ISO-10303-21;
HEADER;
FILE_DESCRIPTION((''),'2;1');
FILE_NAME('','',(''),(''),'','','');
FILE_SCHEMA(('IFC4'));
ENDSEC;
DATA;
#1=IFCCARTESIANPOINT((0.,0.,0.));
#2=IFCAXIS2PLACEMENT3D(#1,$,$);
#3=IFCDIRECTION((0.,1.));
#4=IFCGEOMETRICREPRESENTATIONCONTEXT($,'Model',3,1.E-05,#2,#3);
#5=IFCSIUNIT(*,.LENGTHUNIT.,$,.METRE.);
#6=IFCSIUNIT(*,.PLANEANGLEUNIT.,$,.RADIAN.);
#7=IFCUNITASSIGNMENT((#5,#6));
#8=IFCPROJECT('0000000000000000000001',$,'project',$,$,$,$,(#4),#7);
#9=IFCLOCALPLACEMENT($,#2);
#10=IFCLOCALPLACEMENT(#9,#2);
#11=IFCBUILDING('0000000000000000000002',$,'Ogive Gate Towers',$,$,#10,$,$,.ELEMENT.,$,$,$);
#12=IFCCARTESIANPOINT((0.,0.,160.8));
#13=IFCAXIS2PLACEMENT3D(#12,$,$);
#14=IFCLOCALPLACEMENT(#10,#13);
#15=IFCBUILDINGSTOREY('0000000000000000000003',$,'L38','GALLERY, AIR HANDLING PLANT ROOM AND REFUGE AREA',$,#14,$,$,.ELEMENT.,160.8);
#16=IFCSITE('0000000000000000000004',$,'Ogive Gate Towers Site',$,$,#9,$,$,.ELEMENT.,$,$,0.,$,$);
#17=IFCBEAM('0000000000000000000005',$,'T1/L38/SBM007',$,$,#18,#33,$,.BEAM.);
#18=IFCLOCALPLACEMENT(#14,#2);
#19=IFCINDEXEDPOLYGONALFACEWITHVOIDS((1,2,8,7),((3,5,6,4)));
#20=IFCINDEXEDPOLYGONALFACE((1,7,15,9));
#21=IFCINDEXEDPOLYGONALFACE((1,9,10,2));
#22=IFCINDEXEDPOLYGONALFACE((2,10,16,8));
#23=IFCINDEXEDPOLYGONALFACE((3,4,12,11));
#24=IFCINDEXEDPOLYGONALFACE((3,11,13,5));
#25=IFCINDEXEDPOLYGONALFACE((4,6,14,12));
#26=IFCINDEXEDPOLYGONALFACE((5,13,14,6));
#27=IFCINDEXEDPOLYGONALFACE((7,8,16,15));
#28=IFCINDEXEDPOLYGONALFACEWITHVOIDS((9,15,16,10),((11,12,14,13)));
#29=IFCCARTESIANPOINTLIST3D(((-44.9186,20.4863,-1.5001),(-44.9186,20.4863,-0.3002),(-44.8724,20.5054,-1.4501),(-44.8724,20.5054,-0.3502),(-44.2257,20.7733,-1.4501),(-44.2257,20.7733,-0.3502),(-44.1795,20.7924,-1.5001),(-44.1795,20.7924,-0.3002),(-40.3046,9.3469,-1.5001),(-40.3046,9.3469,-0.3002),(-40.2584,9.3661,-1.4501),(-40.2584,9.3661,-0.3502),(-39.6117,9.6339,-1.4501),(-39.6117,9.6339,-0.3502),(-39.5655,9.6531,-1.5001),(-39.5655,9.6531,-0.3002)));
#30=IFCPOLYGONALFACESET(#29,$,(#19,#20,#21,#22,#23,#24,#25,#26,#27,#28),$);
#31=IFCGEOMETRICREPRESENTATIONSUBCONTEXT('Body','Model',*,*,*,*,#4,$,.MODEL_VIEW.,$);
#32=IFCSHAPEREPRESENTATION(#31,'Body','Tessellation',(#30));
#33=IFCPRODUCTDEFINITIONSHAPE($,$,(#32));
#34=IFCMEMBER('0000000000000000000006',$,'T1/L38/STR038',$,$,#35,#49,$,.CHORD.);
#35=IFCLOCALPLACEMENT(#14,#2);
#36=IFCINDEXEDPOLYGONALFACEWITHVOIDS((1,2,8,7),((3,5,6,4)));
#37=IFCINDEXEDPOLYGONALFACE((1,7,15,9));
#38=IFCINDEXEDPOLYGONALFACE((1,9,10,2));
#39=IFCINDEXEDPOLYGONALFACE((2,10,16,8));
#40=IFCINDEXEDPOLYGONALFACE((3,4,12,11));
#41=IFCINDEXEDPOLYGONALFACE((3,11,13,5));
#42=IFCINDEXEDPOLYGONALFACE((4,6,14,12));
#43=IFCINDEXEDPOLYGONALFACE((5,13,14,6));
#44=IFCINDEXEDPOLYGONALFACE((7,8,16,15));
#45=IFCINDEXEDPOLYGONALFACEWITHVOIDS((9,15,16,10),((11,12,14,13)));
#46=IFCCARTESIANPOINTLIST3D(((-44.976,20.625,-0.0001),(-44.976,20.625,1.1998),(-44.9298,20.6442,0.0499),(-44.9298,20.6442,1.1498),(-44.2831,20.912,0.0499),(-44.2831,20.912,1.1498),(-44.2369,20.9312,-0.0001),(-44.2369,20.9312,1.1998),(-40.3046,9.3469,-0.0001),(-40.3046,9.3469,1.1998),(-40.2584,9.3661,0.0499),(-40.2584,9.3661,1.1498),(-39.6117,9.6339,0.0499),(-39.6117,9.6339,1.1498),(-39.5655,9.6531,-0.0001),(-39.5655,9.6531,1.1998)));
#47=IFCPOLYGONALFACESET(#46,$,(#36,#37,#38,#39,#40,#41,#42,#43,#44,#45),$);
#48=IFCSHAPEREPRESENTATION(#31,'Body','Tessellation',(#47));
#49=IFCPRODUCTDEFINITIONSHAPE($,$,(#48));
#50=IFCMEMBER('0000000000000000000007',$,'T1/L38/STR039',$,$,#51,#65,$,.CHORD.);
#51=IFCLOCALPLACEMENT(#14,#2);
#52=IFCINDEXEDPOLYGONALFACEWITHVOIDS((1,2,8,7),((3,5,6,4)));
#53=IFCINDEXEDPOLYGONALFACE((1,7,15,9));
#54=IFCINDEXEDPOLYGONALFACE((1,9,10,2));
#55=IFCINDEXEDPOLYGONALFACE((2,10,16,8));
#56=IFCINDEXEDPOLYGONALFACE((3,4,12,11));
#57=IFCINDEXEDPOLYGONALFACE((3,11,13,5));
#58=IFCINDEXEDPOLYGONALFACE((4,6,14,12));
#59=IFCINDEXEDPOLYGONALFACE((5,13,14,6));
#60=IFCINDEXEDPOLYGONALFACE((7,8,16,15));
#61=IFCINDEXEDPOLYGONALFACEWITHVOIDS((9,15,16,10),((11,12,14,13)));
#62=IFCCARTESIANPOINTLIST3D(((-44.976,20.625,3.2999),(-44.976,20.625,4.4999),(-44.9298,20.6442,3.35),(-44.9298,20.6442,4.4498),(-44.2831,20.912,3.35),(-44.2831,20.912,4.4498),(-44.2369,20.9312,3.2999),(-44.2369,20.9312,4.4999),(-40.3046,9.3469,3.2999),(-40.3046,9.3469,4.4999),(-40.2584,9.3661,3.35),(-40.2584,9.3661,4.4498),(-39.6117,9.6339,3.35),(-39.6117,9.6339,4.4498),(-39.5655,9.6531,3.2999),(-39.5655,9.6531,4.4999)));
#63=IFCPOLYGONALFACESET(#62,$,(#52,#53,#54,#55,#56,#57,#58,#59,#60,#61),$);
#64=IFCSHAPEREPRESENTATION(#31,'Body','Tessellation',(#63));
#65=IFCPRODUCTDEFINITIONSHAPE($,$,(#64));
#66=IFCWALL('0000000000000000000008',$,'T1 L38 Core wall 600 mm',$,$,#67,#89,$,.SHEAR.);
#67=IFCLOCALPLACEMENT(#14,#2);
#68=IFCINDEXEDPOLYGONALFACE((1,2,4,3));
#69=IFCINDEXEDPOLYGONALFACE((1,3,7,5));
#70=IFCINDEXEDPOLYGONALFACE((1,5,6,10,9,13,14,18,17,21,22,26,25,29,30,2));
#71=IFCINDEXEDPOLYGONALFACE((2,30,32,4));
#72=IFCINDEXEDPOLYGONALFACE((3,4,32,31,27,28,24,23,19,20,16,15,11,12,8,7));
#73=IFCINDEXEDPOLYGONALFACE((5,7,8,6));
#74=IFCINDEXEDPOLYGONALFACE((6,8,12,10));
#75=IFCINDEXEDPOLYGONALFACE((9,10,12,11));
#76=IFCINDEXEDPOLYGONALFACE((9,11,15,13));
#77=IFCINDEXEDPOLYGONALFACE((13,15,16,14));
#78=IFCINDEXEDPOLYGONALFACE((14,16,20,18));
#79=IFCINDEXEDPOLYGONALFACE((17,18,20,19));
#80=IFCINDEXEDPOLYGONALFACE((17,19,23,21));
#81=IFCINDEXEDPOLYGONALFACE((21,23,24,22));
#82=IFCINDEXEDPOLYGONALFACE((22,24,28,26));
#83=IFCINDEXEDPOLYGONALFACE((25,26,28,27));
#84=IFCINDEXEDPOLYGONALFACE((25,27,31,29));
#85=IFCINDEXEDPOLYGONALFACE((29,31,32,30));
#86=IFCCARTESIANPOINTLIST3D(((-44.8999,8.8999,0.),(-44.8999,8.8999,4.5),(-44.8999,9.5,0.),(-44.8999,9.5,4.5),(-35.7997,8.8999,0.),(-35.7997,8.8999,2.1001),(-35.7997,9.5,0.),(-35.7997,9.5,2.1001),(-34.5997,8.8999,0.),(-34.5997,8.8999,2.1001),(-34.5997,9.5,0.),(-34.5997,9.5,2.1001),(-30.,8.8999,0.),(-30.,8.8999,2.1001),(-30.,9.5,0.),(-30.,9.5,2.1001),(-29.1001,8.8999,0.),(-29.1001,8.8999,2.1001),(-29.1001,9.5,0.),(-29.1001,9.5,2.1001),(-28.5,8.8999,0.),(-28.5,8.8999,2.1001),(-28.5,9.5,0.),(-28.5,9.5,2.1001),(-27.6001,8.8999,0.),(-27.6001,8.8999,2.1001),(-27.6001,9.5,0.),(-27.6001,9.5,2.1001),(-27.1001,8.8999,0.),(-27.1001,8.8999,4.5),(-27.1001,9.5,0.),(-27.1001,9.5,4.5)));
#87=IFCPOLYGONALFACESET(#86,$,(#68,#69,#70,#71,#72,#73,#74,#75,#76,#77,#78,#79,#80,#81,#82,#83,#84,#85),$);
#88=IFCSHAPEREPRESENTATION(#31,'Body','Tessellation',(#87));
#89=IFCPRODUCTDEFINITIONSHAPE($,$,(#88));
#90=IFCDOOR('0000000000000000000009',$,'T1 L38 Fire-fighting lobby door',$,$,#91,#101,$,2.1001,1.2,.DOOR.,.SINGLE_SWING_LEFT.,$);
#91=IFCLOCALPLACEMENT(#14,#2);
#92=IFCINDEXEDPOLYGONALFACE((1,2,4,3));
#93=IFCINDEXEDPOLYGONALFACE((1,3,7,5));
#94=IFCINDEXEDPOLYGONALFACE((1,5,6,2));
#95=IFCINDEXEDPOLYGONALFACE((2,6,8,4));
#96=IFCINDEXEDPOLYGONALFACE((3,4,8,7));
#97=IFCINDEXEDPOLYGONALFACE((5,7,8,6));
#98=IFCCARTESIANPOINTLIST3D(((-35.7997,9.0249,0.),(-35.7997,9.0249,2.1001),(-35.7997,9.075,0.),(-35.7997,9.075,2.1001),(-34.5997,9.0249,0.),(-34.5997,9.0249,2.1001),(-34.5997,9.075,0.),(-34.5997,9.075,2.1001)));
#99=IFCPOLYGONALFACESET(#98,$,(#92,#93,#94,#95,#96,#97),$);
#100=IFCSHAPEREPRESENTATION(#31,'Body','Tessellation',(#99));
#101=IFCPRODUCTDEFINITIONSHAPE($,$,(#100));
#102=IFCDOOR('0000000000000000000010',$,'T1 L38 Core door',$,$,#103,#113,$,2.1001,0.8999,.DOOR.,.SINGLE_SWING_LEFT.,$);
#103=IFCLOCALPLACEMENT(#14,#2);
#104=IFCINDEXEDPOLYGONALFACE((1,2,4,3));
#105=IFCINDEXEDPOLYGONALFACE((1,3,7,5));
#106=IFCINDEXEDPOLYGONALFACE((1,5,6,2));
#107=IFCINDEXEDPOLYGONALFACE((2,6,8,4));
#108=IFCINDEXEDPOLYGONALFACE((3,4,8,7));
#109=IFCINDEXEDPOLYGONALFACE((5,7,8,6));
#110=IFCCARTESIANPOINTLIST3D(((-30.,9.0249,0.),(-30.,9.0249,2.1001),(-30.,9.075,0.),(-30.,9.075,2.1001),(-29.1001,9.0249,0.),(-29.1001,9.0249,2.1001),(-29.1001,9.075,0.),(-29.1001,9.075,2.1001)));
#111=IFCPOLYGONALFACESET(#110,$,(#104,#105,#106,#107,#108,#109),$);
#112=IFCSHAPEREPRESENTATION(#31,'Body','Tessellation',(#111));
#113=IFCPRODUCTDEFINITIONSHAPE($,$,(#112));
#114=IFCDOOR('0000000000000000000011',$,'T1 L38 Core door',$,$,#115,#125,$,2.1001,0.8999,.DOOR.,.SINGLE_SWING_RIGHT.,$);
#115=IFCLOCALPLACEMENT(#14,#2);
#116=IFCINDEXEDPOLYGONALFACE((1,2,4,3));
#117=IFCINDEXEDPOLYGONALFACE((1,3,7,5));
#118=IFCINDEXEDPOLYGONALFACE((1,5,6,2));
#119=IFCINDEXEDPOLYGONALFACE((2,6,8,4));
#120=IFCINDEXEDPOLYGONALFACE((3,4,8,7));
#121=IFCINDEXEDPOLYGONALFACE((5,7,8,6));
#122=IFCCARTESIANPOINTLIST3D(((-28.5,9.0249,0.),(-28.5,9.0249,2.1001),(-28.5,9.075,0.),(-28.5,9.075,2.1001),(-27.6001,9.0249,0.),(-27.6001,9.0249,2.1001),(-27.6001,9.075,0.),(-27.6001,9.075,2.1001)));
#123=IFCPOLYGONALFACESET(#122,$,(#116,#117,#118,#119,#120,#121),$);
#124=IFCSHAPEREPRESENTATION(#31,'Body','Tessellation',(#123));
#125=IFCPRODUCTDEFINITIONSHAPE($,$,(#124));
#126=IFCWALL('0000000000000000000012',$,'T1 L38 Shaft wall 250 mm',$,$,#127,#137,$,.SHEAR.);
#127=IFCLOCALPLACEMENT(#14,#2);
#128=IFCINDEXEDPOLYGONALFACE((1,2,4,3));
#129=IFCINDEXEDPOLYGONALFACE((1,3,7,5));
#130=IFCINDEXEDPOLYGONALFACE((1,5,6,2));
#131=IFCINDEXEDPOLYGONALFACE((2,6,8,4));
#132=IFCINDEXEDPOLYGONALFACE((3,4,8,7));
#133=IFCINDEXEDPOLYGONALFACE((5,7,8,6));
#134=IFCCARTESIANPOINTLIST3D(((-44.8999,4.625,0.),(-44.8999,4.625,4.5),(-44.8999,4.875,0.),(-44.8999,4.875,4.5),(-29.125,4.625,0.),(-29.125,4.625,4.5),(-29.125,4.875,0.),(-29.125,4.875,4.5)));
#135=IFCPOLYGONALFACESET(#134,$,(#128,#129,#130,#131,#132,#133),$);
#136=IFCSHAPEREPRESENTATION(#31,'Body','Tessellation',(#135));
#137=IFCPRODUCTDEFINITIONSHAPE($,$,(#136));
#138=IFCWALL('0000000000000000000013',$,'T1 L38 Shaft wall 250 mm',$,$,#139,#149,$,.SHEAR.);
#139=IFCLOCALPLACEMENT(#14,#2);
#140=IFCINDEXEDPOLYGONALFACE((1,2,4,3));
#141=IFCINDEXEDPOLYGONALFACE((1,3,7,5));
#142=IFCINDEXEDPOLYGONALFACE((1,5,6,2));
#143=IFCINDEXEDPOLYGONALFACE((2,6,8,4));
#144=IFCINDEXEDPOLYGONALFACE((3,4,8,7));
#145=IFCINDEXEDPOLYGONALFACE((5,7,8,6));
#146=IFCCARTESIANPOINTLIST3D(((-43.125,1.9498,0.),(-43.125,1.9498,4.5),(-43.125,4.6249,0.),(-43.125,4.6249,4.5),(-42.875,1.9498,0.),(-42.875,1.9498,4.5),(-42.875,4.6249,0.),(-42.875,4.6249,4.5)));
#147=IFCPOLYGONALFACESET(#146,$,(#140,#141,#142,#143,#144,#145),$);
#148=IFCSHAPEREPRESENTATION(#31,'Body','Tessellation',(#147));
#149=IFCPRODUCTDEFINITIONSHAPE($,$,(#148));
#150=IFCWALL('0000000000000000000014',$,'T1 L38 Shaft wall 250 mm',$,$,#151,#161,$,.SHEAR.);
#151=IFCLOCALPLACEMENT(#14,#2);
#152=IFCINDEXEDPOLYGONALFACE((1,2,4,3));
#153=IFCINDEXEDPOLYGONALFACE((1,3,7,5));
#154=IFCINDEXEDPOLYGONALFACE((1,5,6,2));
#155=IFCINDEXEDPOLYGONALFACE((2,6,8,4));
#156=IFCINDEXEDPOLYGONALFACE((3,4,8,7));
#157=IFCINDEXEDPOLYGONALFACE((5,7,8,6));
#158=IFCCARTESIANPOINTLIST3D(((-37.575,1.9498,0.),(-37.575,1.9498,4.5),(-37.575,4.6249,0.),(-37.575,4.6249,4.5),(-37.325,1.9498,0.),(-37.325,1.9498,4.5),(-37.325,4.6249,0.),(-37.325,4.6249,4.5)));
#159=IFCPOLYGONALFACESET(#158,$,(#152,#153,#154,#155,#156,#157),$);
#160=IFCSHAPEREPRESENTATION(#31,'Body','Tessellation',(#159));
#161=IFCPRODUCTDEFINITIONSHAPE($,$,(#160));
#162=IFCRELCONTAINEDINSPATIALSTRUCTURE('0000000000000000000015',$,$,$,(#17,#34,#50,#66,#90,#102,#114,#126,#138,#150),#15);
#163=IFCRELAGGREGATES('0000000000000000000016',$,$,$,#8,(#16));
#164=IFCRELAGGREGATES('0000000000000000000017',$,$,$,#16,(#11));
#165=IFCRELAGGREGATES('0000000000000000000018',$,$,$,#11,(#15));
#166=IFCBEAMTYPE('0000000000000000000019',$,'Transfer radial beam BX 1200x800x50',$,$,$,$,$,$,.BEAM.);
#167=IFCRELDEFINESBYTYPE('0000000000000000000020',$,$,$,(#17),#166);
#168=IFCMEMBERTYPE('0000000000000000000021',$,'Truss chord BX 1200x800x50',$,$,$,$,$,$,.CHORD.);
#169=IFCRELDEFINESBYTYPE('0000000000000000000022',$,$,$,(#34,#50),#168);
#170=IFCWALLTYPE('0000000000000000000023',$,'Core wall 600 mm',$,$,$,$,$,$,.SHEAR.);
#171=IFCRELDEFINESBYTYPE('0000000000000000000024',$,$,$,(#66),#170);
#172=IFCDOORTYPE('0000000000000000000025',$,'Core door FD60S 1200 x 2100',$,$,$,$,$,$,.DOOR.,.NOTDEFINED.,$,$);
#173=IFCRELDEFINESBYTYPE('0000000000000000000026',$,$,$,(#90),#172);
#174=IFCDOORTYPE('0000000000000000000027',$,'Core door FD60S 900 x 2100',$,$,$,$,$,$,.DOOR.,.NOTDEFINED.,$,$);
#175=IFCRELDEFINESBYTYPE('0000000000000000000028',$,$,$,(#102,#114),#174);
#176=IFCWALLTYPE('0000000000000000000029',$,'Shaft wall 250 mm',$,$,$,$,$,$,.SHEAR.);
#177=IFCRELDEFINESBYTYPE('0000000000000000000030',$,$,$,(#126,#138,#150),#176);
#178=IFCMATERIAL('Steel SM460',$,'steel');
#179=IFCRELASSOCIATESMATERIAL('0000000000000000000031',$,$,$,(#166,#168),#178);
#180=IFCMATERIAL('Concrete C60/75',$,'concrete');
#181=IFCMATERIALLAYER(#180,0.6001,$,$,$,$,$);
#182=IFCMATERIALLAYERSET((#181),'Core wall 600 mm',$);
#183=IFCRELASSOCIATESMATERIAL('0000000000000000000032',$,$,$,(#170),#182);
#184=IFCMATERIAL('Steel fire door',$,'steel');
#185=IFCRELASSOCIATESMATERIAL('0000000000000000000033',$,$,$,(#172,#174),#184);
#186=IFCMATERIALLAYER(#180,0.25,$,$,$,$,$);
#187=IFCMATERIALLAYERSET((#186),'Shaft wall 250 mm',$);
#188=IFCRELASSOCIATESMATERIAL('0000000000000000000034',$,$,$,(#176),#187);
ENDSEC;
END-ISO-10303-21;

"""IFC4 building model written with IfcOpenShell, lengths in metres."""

from ifc_helpers import new_model, si_unit, direction, frame, frame_2d, origin, origin_2d, place, context, subcontext, project, spatial, rectangle, hollow_rectangle, extrude, material, layer, layer_set, material_profile, profile_set, type_object, element, fill, save


model = new_model("IFC4")

# Units and contexts
model_context = context("Model", 3, precision=1e-05, world=origin(), true_north=direction((0.0, 1.0)))
body_context = subcontext(model_context, "Body", "Model", "MODEL_VIEW")
ifc_project = project(units=[si_unit("LENGTHUNIT", "METRE"), si_unit("PLANEANGLEUNIT", "RADIAN")], contexts=[model_context])

# Site, building, storey
site_placement = place(None, origin())
site = spatial("IfcSite", under=ifc_project, at=site_placement, Name="Ogive Gate Towers Site", CompositionType="ELEMENT", RefElevation=0.0)
building_placement = place(site_placement, origin())
building = spatial("IfcBuilding", under=site, at=building_placement, Name="Ogive Gate Towers", CompositionType="ELEMENT")
storey_placement = place(building_placement, frame((0.0, 0.0, 160.8)))
storey = spatial("IfcBuildingStorey", under=building, at=storey_placement, Name="L38", Description="GALLERY, AIR HANDLING PLANT ROOM AND REFUGE AREA", CompositionType="ELEMENT", Elevation=160.8)

# Beam
ifc_material_1 = material(Name="Steel SM460", Category="steel")
ifc_material_profile_1 = material_profile(ifc_material_1, hollow_rectangle(XDim=0.8, YDim=1.2, WallThickness=0.05, at=origin_2d()), Name="BX 1200x800x50")
ifc_profile_set_1 = profile_set([ifc_material_profile_1], Name="Steel SM460")
beam_type = type_object("IfcBeamType", Name="Transfer radial beam BX 1200x800x50", PredefinedType="BEAM", material=ifc_profile_set_1)
beam_placement = place(storey_placement, frame((-39.9351, 9.5, -0.9001), z_axis=(-0.382678, 0.923882, 0.0), x_axis=(-0.923882, -0.382678, 0.0)))
element("IfcBeam", 1, at=beam_placement, inside=storey, type_object=beam_type, Name="T1/L38/SBM007", PredefinedType="BEAM", context=body_context, shape_type="SweptSolid", body=[
    extrude(hollow_rectangle(XDim=0.8, YDim=1.2, WallThickness=0.05, at=origin_2d()), origin(), (0.0, 0.0, 1.0), 12.0571),
])

# Members
ifc_material_profile_2 = material_profile(ifc_material_1, hollow_rectangle(XDim=0.8, YDim=1.2, WallThickness=0.05, at=origin_2d()), Name="BX 1200x800x50")
ifc_profile_set_2 = profile_set([ifc_material_profile_2], Name="Steel SM460")
member_type = type_object("IfcMemberType", Name="Truss chord BX 1200x800x50", PredefinedType="CHORD", material=ifc_profile_set_2)
for number, where, z_axis, x_axis, name in (
    (2, (-39.9351, 9.5, 0.5999), (-0.382673, 0.923884, 0.0), (-0.923884, -0.382673, 0.0), "T1/L38/STR038"),
    (3, (-39.9351, 9.5, 3.8999), (-0.382673, 0.923884, 0.0), (-0.923884, -0.382673, 0.0), "T1/L38/STR039"),
):
    element("IfcMember", number, at=place(storey_placement, frame(where, z_axis=z_axis, x_axis=x_axis)), inside=storey, type_object=member_type, Name=name, PredefinedType="CHORD", context=body_context, shape_type="SweptSolid", body=[
        extrude(hollow_rectangle(XDim=0.8, YDim=1.2, WallThickness=0.05, at=origin_2d()), origin(), (0.0, 0.0, 1.0), 12.2073),
    ])

# Wall, openings, doors
ifc_material_2 = material(Name="Concrete C60/75", Category="concrete")
ifc_layer_1 = layer(ifc_material_2, 0.6001)
ifc_layer_set_1 = layer_set([ifc_layer_1], Name="Core wall 600 mm")
wall_type_1 = type_object("IfcWallType", Name="Core wall 600 mm", PredefinedType="SHEAR", material=ifc_layer_set_1)
wall_1_placement = place(storey_placement, frame((-44.8999, 9.2, 0.0), z_axis=(0.0, 0.0, 1.0), x_axis=(1.0, 0.0, 0.0)))
wall_1 = element("IfcWall", 4, at=wall_1_placement, inside=storey, type_object=wall_type_1, Name="T1 L38 Core wall 600 mm", PredefinedType="SHEAR", context=body_context, shape_type="SweptSolid", body=[
    extrude(rectangle(XDim=17.7998, YDim=0.6001, at=frame_2d((8.8999, 0.0))), origin(), (0.0, 0.0, 1.0), 4.5),
])
opening_1_placement = place(wall_1_placement, frame((9.1001, 0.0, 0.0)))
opening_1 = element("IfcOpeningElement", 5, at=opening_1_placement, cuts=wall_1, PredefinedType="OPENING", context=body_context, shape_type="SweptSolid", body=[
    extrude(rectangle(XDim=1.2, YDim=2.1001, at=frame_2d((0.6001, 1.05))), frame((0.0, 0.3101, 0.0), z_axis=(0.0, -1.0, 0.0), x_axis=(1.0, 0.0, 0.0)), (0.0, 0.0, 1.0), 0.6201),
])
opening_2_placement = place(wall_1_placement, frame((14.8999, 0.0, 0.0)))
opening_2 = element("IfcOpeningElement", 6, at=opening_2_placement, cuts=wall_1, PredefinedType="OPENING", context=body_context, shape_type="SweptSolid", body=[
    extrude(rectangle(XDim=0.8999, YDim=2.1001, at=frame_2d((0.45, 1.05))), frame((0.0, 0.3101, 0.0), z_axis=(0.0, -1.0, 0.0), x_axis=(1.0, 0.0, 0.0)), (0.0, 0.0, 1.0), 0.6201),
])
opening_3_placement = place(wall_1_placement, frame((16.3999, 0.0, 0.0)))
opening_3 = element("IfcOpeningElement", 7, at=opening_3_placement, cuts=wall_1, PredefinedType="OPENING", context=body_context, shape_type="SweptSolid", body=[
    extrude(rectangle(XDim=0.8999, YDim=2.1001, at=frame_2d((0.45, 1.05))), frame((0.0, 0.3101, 0.0), z_axis=(0.0, -1.0, 0.0), x_axis=(1.0, 0.0, 0.0)), (0.0, 0.0, 1.0), 0.6201),
])
ifc_material_3 = material(Name="Steel fire door", Category="steel")
door_type_1 = type_object("IfcDoorType", Name="Core door FD60S 1200 x 2100", OperationType="NOTDEFINED", PredefinedType="DOOR", material=ifc_material_3)
door_1_placement = place(opening_1_placement, origin())
door_1 = element("IfcDoor", 8, at=door_1_placement, inside=storey, type_object=door_type_1, Name="T1 L38 Fire-fighting lobby door", OperationType="SINGLE_SWING_LEFT", OverallHeight=2.1001, OverallWidth=1.2, PredefinedType="DOOR", context=body_context, shape_type="SweptSolid", body=[
    extrude(rectangle(XDim=1.2, YDim=2.1001, at=frame_2d((0.6001, 1.05))), frame((0.0, -0.125, 0.0), z_axis=(0.0, -1.0, 0.0), x_axis=(1.0, 0.0, 0.0)), (0.0, 0.0, 1.0), 0.05),
])
fill(opening_1, door_1)
door_type_2 = type_object("IfcDoorType", Name="Core door FD60S 900 x 2100", OperationType="NOTDEFINED", PredefinedType="DOOR", material=ifc_material_3)
door_2_placement = place(opening_2_placement, origin())
door_2 = element("IfcDoor", 9, at=door_2_placement, inside=storey, type_object=door_type_2, Name="T1 L38 Core door", OperationType="SINGLE_SWING_LEFT", OverallHeight=2.1001, OverallWidth=0.8999, PredefinedType="DOOR", context=body_context, shape_type="SweptSolid", body=[
    extrude(rectangle(XDim=0.8999, YDim=2.1001, at=frame_2d((0.45, 1.05))), frame((0.0, -0.125, 0.0), z_axis=(0.0, -1.0, 0.0), x_axis=(1.0, 0.0, 0.0)), (0.0, 0.0, 1.0), 0.05),
])
fill(opening_2, door_2)
door_3_placement = place(opening_3_placement, origin())
door_3 = element("IfcDoor", 10, at=door_3_placement, inside=storey, type_object=door_type_2, Name="T1 L38 Core door", OperationType="SINGLE_SWING_RIGHT", OverallHeight=2.1001, OverallWidth=0.8999, PredefinedType="DOOR", context=body_context, shape_type="SweptSolid", body=[
    extrude(rectangle(XDim=0.8999, YDim=2.1001, at=frame_2d((0.45, 1.05))), frame((0.0, -0.125, 0.0), z_axis=(0.0, -1.0, 0.0), x_axis=(1.0, 0.0, 0.0)), (0.0, 0.0, 1.0), 0.05),
])
fill(opening_3, door_3)

# Walls
ifc_layer_2 = layer(ifc_material_2, 0.25)
ifc_layer_set_2 = layer_set([ifc_layer_2], Name="Shaft wall 250 mm")
wall_type_2 = type_object("IfcWallType", Name="Shaft wall 250 mm", PredefinedType="SHEAR", material=ifc_layer_set_2)
wall_2_placement = place(storey_placement, frame((-44.8999, 4.75, 0.0), z_axis=(0.0, 0.0, 1.0), x_axis=(1.0, 0.0, 0.0)))
element("IfcWall", 11, at=wall_2_placement, inside=storey, type_object=wall_type_2, Name="T1 L38 Shaft wall 250 mm", PredefinedType="SHEAR", context=body_context, shape_type="SweptSolid", body=[
    extrude(rectangle(XDim=15.7749, YDim=0.25, at=frame_2d((7.8875, 0.0))), origin(), (0.0, 0.0, 1.0), 4.5),
])
for number, where, z_axis, x_axis, name in (
    (12, (-43.0, 1.95, 0.0), (0.0, 0.0, 1.0), (0.0, 1.0, 0.0), "T1 L38 Shaft wall 250 mm"),
    (13, (-37.45, 1.95, 0.0), (0.0, 0.0, 1.0), (0.0, 1.0, 0.0), "T1 L38 Shaft wall 250 mm"),
):
    element("IfcWall", number, at=place(storey_placement, frame(where, z_axis=z_axis, x_axis=x_axis)), inside=storey, type_object=wall_type_2, Name=name, PredefinedType="SHEAR", context=body_context, shape_type="SweptSolid", body=[
        extrude(rectangle(XDim=2.675, YDim=0.25, at=frame_2d((1.3374, 0.0))), origin(), (0.0, 0.0, 1.0), 4.5),
    ])

save(model, "model.ifc")
